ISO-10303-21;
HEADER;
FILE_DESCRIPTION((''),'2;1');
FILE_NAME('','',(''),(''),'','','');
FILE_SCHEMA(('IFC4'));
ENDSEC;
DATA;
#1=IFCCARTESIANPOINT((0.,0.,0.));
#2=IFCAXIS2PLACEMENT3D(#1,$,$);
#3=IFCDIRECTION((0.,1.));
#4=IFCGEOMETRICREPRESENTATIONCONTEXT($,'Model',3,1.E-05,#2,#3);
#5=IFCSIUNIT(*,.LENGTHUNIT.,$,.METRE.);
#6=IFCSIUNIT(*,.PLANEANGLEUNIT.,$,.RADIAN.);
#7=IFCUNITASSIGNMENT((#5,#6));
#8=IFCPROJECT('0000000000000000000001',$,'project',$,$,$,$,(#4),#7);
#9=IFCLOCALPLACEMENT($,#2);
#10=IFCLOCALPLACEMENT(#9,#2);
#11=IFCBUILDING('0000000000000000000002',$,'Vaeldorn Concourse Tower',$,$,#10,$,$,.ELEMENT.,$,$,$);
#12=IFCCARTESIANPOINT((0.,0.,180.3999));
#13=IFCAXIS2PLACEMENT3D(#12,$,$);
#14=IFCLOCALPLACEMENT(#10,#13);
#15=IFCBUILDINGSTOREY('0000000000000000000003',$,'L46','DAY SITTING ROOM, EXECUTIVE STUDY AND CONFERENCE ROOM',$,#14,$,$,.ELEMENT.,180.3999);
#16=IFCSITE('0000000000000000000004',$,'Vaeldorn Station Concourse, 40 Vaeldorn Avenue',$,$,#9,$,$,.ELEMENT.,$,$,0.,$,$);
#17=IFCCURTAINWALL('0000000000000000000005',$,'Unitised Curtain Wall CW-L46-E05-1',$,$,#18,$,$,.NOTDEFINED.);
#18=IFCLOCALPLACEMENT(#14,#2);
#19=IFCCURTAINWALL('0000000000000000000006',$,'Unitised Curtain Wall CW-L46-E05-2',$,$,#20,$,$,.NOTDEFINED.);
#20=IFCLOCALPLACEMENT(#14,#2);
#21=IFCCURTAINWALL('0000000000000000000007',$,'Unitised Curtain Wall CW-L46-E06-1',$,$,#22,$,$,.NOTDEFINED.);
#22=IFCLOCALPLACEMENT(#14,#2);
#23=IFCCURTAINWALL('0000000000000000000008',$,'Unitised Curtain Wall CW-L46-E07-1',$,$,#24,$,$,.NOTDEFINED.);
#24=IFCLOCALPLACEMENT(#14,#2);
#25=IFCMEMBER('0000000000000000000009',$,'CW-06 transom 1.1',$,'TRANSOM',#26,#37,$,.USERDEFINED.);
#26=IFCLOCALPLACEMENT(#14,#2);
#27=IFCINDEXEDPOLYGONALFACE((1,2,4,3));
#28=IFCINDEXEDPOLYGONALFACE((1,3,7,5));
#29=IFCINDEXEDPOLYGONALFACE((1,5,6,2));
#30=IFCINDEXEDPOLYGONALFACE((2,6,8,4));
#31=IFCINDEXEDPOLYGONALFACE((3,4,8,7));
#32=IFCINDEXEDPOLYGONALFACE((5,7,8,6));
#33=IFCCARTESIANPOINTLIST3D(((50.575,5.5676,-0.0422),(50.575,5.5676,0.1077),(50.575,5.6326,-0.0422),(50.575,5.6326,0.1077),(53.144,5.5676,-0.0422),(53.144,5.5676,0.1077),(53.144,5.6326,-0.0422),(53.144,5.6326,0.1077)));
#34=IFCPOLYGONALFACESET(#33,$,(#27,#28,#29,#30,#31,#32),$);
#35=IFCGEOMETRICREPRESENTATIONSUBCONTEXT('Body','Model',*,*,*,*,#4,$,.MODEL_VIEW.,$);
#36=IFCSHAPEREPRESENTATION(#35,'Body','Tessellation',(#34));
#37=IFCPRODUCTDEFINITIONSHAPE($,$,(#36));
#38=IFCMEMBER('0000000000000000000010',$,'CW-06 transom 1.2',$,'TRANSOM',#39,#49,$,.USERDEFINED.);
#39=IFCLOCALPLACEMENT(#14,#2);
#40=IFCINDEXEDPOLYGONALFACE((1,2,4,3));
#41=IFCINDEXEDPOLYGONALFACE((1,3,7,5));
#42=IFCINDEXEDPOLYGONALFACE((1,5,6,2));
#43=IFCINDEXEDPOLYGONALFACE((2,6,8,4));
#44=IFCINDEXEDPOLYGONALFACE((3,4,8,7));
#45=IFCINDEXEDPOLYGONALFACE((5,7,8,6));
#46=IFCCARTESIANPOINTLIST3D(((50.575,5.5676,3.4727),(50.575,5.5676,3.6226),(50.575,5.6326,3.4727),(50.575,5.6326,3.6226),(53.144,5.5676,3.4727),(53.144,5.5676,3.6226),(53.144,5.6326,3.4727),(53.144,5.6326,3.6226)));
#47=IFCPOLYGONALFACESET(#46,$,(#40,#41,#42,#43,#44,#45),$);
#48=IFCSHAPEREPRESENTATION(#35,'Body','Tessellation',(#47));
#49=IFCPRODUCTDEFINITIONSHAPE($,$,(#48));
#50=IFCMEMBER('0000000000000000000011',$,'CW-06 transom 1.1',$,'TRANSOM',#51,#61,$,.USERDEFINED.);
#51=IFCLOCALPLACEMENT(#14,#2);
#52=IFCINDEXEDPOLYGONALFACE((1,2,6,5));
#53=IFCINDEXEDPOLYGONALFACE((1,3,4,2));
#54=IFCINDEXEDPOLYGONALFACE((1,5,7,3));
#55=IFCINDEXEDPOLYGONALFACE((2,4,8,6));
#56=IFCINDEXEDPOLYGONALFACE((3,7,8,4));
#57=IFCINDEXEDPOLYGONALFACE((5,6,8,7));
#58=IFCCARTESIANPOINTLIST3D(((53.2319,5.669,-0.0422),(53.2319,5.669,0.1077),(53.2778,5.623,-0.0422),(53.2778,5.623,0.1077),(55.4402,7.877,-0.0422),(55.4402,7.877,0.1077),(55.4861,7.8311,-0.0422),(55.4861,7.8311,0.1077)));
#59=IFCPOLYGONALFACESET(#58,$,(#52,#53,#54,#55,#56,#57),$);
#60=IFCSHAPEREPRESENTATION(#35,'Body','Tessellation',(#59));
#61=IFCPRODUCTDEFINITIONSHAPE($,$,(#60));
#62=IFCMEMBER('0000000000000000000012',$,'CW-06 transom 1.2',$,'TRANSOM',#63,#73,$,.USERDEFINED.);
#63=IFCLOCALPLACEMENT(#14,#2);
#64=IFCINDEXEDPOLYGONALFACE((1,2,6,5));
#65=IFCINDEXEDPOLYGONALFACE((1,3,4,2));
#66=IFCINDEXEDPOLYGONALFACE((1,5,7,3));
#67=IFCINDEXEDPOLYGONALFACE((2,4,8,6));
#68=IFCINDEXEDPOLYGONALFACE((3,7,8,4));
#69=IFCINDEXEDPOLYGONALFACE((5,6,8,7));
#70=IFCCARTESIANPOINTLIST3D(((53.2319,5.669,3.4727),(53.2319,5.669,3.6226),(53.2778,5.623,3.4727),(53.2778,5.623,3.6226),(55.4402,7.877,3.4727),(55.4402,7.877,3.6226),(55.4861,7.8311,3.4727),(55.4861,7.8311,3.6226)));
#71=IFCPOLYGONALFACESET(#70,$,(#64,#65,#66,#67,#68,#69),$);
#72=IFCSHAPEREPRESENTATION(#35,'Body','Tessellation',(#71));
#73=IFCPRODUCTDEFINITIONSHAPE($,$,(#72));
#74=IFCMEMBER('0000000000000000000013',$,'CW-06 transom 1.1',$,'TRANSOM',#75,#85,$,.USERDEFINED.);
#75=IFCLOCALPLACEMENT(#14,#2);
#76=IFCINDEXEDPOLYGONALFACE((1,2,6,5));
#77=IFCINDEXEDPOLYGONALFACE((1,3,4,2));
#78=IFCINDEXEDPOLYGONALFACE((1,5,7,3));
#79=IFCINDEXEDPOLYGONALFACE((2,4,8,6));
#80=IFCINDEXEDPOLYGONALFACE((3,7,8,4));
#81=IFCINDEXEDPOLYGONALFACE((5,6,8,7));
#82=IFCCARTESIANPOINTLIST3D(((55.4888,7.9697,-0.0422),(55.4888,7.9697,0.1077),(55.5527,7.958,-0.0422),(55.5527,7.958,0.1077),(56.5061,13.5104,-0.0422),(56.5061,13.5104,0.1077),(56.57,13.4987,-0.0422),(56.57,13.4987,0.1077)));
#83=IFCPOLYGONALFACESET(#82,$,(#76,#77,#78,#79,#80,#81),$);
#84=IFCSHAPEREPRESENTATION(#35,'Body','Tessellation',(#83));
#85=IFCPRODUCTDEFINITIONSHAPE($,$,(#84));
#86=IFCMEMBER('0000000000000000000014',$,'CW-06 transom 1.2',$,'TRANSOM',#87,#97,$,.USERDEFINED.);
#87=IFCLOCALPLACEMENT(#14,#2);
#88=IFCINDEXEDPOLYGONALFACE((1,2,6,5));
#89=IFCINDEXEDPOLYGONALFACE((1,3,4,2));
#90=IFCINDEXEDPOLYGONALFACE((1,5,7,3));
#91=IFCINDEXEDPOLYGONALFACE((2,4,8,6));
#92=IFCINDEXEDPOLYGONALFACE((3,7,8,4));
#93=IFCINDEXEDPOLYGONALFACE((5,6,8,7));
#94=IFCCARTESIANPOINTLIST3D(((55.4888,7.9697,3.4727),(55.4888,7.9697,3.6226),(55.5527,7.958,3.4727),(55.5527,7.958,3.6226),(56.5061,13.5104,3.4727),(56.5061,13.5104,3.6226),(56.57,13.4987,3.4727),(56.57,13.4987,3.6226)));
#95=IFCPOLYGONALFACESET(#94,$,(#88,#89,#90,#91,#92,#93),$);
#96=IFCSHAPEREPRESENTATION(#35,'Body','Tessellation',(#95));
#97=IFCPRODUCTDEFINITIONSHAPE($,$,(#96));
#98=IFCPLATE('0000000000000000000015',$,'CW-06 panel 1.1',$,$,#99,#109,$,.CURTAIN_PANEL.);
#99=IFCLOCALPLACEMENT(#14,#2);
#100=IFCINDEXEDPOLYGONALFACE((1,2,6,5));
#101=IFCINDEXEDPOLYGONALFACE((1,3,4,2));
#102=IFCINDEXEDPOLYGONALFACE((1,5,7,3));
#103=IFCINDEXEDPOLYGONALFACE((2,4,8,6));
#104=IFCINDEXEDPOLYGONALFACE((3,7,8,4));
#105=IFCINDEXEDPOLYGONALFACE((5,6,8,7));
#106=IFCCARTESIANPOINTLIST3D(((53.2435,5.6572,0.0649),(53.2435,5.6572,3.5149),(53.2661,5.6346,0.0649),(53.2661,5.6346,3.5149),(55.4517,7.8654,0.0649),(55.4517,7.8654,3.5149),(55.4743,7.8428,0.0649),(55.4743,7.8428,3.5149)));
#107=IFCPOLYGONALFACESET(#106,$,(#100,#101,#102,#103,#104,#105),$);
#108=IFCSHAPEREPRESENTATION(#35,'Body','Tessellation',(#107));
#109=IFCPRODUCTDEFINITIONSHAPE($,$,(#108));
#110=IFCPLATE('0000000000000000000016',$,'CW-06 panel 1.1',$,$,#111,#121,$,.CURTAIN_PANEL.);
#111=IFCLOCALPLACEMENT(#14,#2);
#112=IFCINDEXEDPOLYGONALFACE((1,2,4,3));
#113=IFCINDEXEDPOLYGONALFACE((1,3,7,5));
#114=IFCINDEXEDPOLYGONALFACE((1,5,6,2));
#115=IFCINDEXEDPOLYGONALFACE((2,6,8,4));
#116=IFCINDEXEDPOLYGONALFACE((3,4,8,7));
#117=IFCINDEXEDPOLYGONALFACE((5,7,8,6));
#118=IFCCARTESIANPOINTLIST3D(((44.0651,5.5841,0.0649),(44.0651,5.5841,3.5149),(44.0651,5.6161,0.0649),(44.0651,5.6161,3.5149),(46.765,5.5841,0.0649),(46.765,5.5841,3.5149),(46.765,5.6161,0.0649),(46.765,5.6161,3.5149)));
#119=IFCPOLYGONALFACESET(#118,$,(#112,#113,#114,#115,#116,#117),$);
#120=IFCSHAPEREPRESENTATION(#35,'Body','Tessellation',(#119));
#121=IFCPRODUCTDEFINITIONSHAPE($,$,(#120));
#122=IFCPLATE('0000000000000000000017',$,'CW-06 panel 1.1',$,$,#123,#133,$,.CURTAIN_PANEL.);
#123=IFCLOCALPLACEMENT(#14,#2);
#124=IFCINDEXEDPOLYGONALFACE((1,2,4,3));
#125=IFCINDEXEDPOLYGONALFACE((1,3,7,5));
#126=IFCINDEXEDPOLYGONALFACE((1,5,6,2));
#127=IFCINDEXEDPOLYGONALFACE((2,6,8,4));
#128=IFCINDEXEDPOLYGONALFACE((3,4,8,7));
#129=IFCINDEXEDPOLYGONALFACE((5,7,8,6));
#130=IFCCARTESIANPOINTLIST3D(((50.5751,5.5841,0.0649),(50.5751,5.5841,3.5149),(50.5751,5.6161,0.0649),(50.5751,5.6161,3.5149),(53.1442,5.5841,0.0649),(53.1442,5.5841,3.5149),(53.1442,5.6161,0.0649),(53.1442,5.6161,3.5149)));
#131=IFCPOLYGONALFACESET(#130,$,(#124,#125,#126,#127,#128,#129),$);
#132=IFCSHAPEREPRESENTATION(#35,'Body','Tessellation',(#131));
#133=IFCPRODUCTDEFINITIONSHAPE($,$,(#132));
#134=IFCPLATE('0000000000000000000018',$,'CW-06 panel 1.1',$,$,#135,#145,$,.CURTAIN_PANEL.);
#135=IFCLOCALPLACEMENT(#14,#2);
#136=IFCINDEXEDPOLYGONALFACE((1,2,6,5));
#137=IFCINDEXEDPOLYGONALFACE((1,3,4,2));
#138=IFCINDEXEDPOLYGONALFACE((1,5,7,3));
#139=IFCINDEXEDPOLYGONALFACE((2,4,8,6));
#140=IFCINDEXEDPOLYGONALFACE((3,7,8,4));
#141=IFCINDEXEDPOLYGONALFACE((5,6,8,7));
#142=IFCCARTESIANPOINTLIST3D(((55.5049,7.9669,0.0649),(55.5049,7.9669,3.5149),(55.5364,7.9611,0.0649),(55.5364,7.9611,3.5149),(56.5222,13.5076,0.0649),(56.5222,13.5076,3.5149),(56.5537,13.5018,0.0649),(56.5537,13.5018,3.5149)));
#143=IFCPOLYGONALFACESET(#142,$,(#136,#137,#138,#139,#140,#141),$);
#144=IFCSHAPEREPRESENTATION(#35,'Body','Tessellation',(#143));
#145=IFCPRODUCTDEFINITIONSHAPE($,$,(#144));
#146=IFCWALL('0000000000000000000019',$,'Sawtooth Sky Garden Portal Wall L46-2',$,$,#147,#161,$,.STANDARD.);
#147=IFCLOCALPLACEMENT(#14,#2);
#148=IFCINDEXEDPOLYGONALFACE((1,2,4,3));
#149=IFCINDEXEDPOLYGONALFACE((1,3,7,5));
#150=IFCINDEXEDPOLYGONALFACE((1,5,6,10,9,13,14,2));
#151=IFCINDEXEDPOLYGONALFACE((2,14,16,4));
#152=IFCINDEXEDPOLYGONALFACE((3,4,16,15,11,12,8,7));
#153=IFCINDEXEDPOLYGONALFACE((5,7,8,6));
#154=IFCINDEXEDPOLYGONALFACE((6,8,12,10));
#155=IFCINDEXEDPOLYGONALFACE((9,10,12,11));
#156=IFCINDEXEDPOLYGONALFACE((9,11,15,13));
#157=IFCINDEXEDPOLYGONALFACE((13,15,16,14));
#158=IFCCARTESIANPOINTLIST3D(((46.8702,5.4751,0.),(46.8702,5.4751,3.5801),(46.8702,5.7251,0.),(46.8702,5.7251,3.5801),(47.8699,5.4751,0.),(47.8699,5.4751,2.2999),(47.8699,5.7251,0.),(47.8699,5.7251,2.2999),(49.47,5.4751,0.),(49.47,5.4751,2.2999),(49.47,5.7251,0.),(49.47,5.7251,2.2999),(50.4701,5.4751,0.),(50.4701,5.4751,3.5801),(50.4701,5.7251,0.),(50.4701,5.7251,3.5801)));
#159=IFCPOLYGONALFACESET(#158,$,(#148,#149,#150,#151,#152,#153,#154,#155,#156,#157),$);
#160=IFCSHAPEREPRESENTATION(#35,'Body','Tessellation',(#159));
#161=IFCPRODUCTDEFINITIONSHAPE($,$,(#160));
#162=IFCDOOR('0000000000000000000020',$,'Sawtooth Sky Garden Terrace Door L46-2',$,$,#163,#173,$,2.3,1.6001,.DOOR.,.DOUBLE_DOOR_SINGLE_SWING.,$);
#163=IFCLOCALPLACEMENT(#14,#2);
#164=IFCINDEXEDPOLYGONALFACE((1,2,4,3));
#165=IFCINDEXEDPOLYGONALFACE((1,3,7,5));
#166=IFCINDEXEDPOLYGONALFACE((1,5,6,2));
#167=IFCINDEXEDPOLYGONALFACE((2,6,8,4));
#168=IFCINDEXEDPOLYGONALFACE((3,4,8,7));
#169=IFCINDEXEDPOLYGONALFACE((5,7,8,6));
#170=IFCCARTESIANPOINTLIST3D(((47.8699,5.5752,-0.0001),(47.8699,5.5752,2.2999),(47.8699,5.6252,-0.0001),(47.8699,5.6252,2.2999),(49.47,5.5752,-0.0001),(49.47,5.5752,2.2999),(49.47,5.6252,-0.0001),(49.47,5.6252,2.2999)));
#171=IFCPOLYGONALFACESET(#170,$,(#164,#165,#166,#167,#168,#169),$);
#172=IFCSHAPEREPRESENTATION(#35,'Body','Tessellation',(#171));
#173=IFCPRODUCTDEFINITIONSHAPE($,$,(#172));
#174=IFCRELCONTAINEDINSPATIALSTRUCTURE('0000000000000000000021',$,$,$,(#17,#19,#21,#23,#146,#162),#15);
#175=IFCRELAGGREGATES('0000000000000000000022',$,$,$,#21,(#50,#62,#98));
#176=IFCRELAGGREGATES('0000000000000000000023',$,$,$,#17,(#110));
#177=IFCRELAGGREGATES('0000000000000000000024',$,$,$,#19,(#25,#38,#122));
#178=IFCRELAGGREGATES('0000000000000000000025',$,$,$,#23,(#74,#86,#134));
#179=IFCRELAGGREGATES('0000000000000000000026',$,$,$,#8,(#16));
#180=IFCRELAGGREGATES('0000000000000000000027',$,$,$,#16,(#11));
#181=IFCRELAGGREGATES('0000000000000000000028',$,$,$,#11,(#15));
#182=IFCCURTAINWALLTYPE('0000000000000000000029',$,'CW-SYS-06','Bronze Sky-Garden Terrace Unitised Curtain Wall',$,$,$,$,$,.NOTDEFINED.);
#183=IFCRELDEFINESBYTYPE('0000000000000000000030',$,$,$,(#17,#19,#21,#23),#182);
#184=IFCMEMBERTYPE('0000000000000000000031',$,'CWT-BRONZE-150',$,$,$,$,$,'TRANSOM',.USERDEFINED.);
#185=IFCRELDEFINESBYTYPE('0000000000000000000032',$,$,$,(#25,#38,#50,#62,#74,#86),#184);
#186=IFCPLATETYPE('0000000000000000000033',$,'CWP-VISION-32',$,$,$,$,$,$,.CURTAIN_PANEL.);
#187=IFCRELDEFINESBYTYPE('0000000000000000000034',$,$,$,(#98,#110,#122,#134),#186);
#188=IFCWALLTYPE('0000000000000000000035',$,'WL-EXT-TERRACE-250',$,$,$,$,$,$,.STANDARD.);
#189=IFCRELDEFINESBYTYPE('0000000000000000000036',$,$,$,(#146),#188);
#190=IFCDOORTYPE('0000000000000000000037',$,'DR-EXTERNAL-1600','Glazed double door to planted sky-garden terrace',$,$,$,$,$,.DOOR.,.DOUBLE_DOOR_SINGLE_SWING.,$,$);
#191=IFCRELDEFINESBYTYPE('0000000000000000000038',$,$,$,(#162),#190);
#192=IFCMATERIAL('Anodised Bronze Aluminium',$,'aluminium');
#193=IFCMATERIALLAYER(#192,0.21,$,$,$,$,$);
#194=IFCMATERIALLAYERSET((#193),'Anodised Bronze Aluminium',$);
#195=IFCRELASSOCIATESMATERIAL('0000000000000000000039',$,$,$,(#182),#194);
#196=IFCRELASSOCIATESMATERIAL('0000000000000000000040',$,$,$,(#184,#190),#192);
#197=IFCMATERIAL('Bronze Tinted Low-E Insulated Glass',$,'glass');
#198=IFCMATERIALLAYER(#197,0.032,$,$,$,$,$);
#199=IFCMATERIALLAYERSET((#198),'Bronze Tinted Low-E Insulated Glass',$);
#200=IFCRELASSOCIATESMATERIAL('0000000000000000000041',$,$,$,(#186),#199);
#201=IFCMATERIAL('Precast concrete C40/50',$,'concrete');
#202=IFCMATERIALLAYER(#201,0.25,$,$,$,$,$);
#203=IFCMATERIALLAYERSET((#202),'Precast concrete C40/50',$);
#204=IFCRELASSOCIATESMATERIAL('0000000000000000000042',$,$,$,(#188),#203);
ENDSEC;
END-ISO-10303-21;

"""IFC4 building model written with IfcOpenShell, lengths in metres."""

from ifc_helpers import new_model, si_unit, direction, frame, frame_2d, origin, origin_2d, place, context, subcontext, project, spatial, rectangle, extrude, source, transform, mapped, material, layer, layer_set, material_profile, profile_set, type_object, element, fill, aggregate, save


model = new_model("IFC4")

# Units and contexts
model_context = context("Model", 3, precision=1e-05, world=origin(), true_north=direction((0.0, 1.0)))
body_context = subcontext(model_context, "Body", "Model", "MODEL_VIEW")
ifc_project = project(units=[si_unit("LENGTHUNIT", "METRE"), si_unit("PLANEANGLEUNIT", "RADIAN")], contexts=[model_context])

# Site, building, storey
site_placement = place(None, origin())
site = spatial("IfcSite", under=ifc_project, at=site_placement, Name="Vaeldorn Station Concourse, 40 Vaeldorn Avenue", CompositionType="ELEMENT", RefElevation=0.0)
building_placement = place(site_placement, origin())
building = spatial("IfcBuilding", under=site, at=building_placement, Name="Vaeldorn Concourse Tower", CompositionType="ELEMENT")
storey_placement = place(building_placement, frame((0.0, 0.0, 180.3999)))
storey = spatial("IfcBuildingStorey", under=building, at=storey_placement, Name="L46", Description="DAY SITTING ROOM, EXECUTIVE STUDY AND CONFERENCE ROOM", CompositionType="ELEMENT", Elevation=180.3999)

# Curtain wall
ifc_material_1 = material(Name="Anodised Bronze Aluminium", Category="aluminium")
ifc_layer_1 = layer(ifc_material_1, 0.21)
ifc_layer_set_1 = layer_set([ifc_layer_1], Name="Anodised Bronze Aluminium")
curtain_wall_type = type_object("IfcCurtainWallType", Name="CW-SYS-06", Description="Bronze Sky-Garden Terrace Unitised Curtain Wall", PredefinedType="NOTDEFINED", material=ifc_layer_set_1)
curtain_wall_1_placement = place(storey_placement, origin())
curtain_wall_1 = element("IfcCurtainWall", 1, at=curtain_wall_1_placement, inside=storey, type_object=curtain_wall_type, Name="Unitised Curtain Wall CW-L46-E05-1", PredefinedType="NOTDEFINED")

# Curtain walls
curtain_wall_2_placement = place(storey_placement, origin())
curtain_wall_2 = element("IfcCurtainWall", 2, at=curtain_wall_2_placement, inside=storey, type_object=curtain_wall_type, Name="Unitised Curtain Wall CW-L46-E05-2", PredefinedType="NOTDEFINED")
curtain_wall_3_placement = place(storey_placement, origin())
curtain_wall_3 = element("IfcCurtainWall", 3, at=curtain_wall_3_placement, inside=storey, type_object=curtain_wall_type, Name="Unitised Curtain Wall CW-L46-E06-1", PredefinedType="NOTDEFINED")

# Curtain wall
curtain_wall_4_placement = place(storey_placement, origin())
curtain_wall_4 = element("IfcCurtainWall", 4, at=curtain_wall_4_placement, inside=storey, type_object=curtain_wall_type, Name="Unitised Curtain Wall CW-L46-E07-1", PredefinedType="NOTDEFINED")

# Members
ifc_material_profile_1 = material_profile(ifc_material_1, rectangle(XDim=0.0649, YDim=0.1499, at=origin_2d()), Name="CWT 65x150")
ifc_profile_set_1 = profile_set([ifc_material_profile_1], Name="Anodised Bronze Aluminium")
member_type_1 = type_object("IfcMemberType", Name="CWT-BRONZE-150", ElementType="TRANSOM", PredefinedType="USERDEFINED", material=ifc_profile_set_1)
shared_shape_1 = source(origin(), body_context, "Body", "SweptSolid", [
    extrude(rectangle(XDim=0.0649, YDim=0.1499, at=origin_2d()), origin(), (0.0, 0.0, 1.0), 2.5691),
])
member_1_placement = place(storey_placement, frame((50.575, 5.6001, 0.0327), z_axis=(1.0, 0.0, 0.0), x_axis=(0.0, 1.0, 0.0)))
member_1 = element("IfcMember", 5, at=member_1_placement, type_object=member_type_1, Name="CW-06 transom 1.1", ObjectType="TRANSOM", PredefinedType="USERDEFINED", context=body_context, shape_type="MappedRepresentation", body=[
    mapped(shared_shape_1, transform((0.0, 0.0, 0.0), scale=1.0)),
])
member_2_placement = place(storey_placement, frame((50.575, 5.6001, 3.5476), z_axis=(1.0, 0.0, 0.0), x_axis=(0.0, 1.0, 0.0)))
member_2 = element("IfcMember", 6, at=member_2_placement, type_object=member_type_1, Name="CW-06 transom 1.2", ObjectType="TRANSOM", PredefinedType="USERDEFINED", context=body_context, shape_type="MappedRepresentation", body=[
    mapped(shared_shape_1, transform((0.0, 0.0, 0.0), scale=1.0)),
])
shared_shape_2 = source(origin(), body_context, "Body", "SweptSolid", [
    extrude(rectangle(XDim=0.0649, YDim=0.1499, at=origin_2d()), origin(), (0.0, 0.0, 1.0), 3.1228),
])
member_3_placement = place(storey_placement, frame((53.2549, 5.646, 0.0327), z_axis=(0.707146, 0.707068, 0.0), x_axis=(-0.707068, 0.707146, 0.0)))
member_3 = element("IfcMember", 7, at=member_3_placement, type_object=member_type_1, Name="CW-06 transom 1.1", ObjectType="TRANSOM", PredefinedType="USERDEFINED", context=body_context, shape_type="MappedRepresentation", body=[
    mapped(shared_shape_2, transform((0.0, 0.0, 0.0), scale=1.0)),
])
member_4_placement = place(storey_placement, frame((53.2549, 5.646, 3.5476), z_axis=(0.707146, 0.707068, 0.0), x_axis=(-0.707068, 0.707146, 0.0)))
member_4 = element("IfcMember", 8, at=member_4_placement, type_object=member_type_1, Name="CW-06 transom 1.2", ObjectType="TRANSOM", PredefinedType="USERDEFINED", context=body_context, shape_type="MappedRepresentation", body=[
    mapped(shared_shape_2, transform((0.0, 0.0, 0.0), scale=1.0)),
])
shared_shape_3 = source(origin(), body_context, "Body", "SweptSolid", [
    extrude(rectangle(XDim=0.0649, YDim=0.1499, at=origin_2d()), origin(), (0.0, 0.0, 1.0), 5.6333),
])
member_5_placement = place(storey_placement, frame((55.5208, 7.9639, 0.0327), z_axis=(0.18059, 0.983558, 0.0), x_axis=(-0.983558, 0.18059, 0.0)))
member_5 = element("IfcMember", 9, at=member_5_placement, type_object=member_type_1, Name="CW-06 transom 1.1", ObjectType="TRANSOM", PredefinedType="USERDEFINED", context=body_context, shape_type="MappedRepresentation", body=[
    mapped(shared_shape_3, transform((0.0, 0.0, 0.0), scale=1.0)),
])
member_6_placement = place(storey_placement, frame((55.5208, 7.9639, 3.5476), z_axis=(0.18059, 0.983558, 0.0), x_axis=(-0.983558, 0.18059, 0.0)))
member_6 = element("IfcMember", 10, at=member_6_placement, type_object=member_type_1, Name="CW-06 transom 1.2", ObjectType="TRANSOM", PredefinedType="USERDEFINED", context=body_context, shape_type="MappedRepresentation", body=[
    mapped(shared_shape_3, transform((0.0, 0.0, 0.0), scale=1.0)),
])

# Plates
ifc_material_2 = material(Name="Bronze Tinted Low-E Insulated Glass", Category="glass")
ifc_layer_2 = layer(ifc_material_2, 0.032)
ifc_layer_set_2 = layer_set([ifc_layer_2], Name="Bronze Tinted Low-E Insulated Glass")
plate_type = type_object("IfcPlateType", Name="CWP-VISION-32", PredefinedType="CURTAIN_PANEL", material=ifc_layer_set_2)
shared_shape_4 = source(origin(), body_context, "Body", "SweptSolid", [
    extrude(rectangle(XDim=3.1228, YDim=0.032, at=origin_2d()), origin(), (0.0, 0.0, 1.0), 3.45),
])
plate_1_placement = place(storey_placement, frame((54.3589, 6.75, 0.0649), z_axis=(0.0, 0.0, 1.0), x_axis=(0.707107, 0.707107, 0.0)))
plate_1 = element("IfcPlate", 11, at=plate_1_placement, type_object=plate_type, Name="CW-06 panel 1.1", PredefinedType="CURTAIN_PANEL", context=body_context, shape_type="MappedRepresentation", body=[
    mapped(shared_shape_4, transform((0.0, 0.0, 0.0), scale=1.0)),
])
aggregate(curtain_wall_3, [member_3, member_4, plate_1])
shared_shape_5 = source(origin(), body_context, "Body", "SweptSolid", [
    extrude(rectangle(XDim=2.7, YDim=0.032, at=origin_2d()), origin(), (0.0, 0.0, 1.0), 3.45),
])
plate_2_placement = place(storey_placement, frame((45.415, 5.6001, 0.0649), z_axis=(0.0, 0.0, 1.0), x_axis=(1.0, 0.0, 0.0)))
plate_2 = element("IfcPlate", 12, at=plate_2_placement, type_object=plate_type, Name="CW-06 panel 1.1", PredefinedType="CURTAIN_PANEL", context=body_context, shape_type="MappedRepresentation", body=[
    mapped(shared_shape_5, transform((0.0, 0.0, 0.0), scale=1.0)),
])
aggregate(curtain_wall_1, [plate_2])
shared_shape_6 = source(origin(), body_context, "Body", "SweptSolid", [
    extrude(rectangle(XDim=2.5691, YDim=0.032, at=origin_2d()), origin(), (0.0, 0.0, 1.0), 3.45),
])
plate_3_placement = place(storey_placement, frame((51.8596, 5.6001, 0.0649), z_axis=(0.0, 0.0, 1.0), x_axis=(1.0, 0.0, 0.0)))
plate_3 = element("IfcPlate", 13, at=plate_3_placement, type_object=plate_type, Name="CW-06 panel 1.1", PredefinedType="CURTAIN_PANEL", context=body_context, shape_type="MappedRepresentation", body=[
    mapped(shared_shape_6, transform((0.0, 0.0, 0.0), scale=1.0)),
])
aggregate(curtain_wall_2, [member_1, member_2, plate_3])
shared_shape_7 = source(origin(), body_context, "Body", "SweptSolid", [
    extrude(rectangle(XDim=5.6333, YDim=0.032, at=origin_2d()), origin(), (0.0, 0.0, 1.0), 3.45),
])
plate_4_placement = place(storey_placement, frame((56.0293, 10.7344, 0.0649), z_axis=(0.0, 0.0, 1.0), x_axis=(0.180585, 0.983559, 0.0)))
plate_4 = element("IfcPlate", 14, at=plate_4_placement, type_object=plate_type, Name="CW-06 panel 1.1", PredefinedType="CURTAIN_PANEL", context=body_context, shape_type="MappedRepresentation", body=[
    mapped(shared_shape_7, transform((0.0, 0.0, 0.0), scale=1.0)),
])
aggregate(curtain_wall_4, [member_5, member_6, plate_4])

# Wall, opening, door
ifc_material_3 = material(Name="Precast concrete C40/50", Category="concrete")
ifc_layer_3 = layer(ifc_material_3, 0.25)
ifc_layer_set_3 = layer_set([ifc_layer_3], Name="Precast concrete C40/50")
wall_type = type_object("IfcWallType", Name="WL-EXT-TERRACE-250", PredefinedType="STANDARD", material=ifc_layer_set_3)
wall_placement = place(storey_placement, frame((50.47, 5.6001, 0.0), z_axis=(0.0, 0.0, 1.0), x_axis=(-1.0, 0.0, 0.0)))
wall = element("IfcWall", 15, at=wall_placement, inside=storey, type_object=wall_type, Name="Sawtooth Sky Garden Portal Wall L46-2", PredefinedType="STANDARD", context=body_context, shape_type="SweptSolid", body=[
    extrude(rectangle(XDim=3.5999, YDim=0.25, at=frame_2d((1.7998, 0.0))), origin(), (0.0, 0.0, 1.0), 3.5801),
])
opening_placement = place(wall_placement, frame((1.0, 0.0, 0.0)))
opening = element("IfcOpeningElement", 16, at=opening_placement, cuts=wall, PredefinedType="OPENING", context=body_context, shape_type="SweptSolid", body=[
    extrude(rectangle(XDim=1.6001, YDim=2.3, at=frame_2d((0.8, 1.1499))), frame((0.0, 0.135, 0.0), z_axis=(0.0, -1.0, 0.0), x_axis=(1.0, 0.0, 0.0)), (0.0, 0.0, 1.0), 0.27),
])
door_type = type_object("IfcDoorType", Name="DR-EXTERNAL-1600", Description="Glazed double door to planted sky-garden terrace", OperationType="DOUBLE_DOOR_SINGLE_SWING", PredefinedType="DOOR", material=ifc_material_1)
shared_shape_8 = source(origin(), body_context, "Body", "SweptSolid", [
    extrude(rectangle(XDim=1.6001, YDim=2.3, at=frame_2d((0.8, 1.1499))), frame((0.0, 0.0249, 0.0), z_axis=(0.0, -1.0, 0.0), x_axis=(1.0, 0.0, 0.0)), (0.0, 0.0, 1.0), 0.05),
])
door_placement = place(opening_placement, origin())
door = element("IfcDoor", 17, at=door_placement, inside=storey, type_object=door_type, Name="Sawtooth Sky Garden Terrace Door L46-2", OperationType="DOUBLE_DOOR_SINGLE_SWING", OverallHeight=2.3, OverallWidth=1.6001, PredefinedType="DOOR", context=body_context, shape_type="MappedRepresentation", body=[
    mapped(shared_shape_8, transform((0.0, 0.0, 0.0), scale=1.0)),
])
fill(opening, door)

save(model, "model.ifc")
